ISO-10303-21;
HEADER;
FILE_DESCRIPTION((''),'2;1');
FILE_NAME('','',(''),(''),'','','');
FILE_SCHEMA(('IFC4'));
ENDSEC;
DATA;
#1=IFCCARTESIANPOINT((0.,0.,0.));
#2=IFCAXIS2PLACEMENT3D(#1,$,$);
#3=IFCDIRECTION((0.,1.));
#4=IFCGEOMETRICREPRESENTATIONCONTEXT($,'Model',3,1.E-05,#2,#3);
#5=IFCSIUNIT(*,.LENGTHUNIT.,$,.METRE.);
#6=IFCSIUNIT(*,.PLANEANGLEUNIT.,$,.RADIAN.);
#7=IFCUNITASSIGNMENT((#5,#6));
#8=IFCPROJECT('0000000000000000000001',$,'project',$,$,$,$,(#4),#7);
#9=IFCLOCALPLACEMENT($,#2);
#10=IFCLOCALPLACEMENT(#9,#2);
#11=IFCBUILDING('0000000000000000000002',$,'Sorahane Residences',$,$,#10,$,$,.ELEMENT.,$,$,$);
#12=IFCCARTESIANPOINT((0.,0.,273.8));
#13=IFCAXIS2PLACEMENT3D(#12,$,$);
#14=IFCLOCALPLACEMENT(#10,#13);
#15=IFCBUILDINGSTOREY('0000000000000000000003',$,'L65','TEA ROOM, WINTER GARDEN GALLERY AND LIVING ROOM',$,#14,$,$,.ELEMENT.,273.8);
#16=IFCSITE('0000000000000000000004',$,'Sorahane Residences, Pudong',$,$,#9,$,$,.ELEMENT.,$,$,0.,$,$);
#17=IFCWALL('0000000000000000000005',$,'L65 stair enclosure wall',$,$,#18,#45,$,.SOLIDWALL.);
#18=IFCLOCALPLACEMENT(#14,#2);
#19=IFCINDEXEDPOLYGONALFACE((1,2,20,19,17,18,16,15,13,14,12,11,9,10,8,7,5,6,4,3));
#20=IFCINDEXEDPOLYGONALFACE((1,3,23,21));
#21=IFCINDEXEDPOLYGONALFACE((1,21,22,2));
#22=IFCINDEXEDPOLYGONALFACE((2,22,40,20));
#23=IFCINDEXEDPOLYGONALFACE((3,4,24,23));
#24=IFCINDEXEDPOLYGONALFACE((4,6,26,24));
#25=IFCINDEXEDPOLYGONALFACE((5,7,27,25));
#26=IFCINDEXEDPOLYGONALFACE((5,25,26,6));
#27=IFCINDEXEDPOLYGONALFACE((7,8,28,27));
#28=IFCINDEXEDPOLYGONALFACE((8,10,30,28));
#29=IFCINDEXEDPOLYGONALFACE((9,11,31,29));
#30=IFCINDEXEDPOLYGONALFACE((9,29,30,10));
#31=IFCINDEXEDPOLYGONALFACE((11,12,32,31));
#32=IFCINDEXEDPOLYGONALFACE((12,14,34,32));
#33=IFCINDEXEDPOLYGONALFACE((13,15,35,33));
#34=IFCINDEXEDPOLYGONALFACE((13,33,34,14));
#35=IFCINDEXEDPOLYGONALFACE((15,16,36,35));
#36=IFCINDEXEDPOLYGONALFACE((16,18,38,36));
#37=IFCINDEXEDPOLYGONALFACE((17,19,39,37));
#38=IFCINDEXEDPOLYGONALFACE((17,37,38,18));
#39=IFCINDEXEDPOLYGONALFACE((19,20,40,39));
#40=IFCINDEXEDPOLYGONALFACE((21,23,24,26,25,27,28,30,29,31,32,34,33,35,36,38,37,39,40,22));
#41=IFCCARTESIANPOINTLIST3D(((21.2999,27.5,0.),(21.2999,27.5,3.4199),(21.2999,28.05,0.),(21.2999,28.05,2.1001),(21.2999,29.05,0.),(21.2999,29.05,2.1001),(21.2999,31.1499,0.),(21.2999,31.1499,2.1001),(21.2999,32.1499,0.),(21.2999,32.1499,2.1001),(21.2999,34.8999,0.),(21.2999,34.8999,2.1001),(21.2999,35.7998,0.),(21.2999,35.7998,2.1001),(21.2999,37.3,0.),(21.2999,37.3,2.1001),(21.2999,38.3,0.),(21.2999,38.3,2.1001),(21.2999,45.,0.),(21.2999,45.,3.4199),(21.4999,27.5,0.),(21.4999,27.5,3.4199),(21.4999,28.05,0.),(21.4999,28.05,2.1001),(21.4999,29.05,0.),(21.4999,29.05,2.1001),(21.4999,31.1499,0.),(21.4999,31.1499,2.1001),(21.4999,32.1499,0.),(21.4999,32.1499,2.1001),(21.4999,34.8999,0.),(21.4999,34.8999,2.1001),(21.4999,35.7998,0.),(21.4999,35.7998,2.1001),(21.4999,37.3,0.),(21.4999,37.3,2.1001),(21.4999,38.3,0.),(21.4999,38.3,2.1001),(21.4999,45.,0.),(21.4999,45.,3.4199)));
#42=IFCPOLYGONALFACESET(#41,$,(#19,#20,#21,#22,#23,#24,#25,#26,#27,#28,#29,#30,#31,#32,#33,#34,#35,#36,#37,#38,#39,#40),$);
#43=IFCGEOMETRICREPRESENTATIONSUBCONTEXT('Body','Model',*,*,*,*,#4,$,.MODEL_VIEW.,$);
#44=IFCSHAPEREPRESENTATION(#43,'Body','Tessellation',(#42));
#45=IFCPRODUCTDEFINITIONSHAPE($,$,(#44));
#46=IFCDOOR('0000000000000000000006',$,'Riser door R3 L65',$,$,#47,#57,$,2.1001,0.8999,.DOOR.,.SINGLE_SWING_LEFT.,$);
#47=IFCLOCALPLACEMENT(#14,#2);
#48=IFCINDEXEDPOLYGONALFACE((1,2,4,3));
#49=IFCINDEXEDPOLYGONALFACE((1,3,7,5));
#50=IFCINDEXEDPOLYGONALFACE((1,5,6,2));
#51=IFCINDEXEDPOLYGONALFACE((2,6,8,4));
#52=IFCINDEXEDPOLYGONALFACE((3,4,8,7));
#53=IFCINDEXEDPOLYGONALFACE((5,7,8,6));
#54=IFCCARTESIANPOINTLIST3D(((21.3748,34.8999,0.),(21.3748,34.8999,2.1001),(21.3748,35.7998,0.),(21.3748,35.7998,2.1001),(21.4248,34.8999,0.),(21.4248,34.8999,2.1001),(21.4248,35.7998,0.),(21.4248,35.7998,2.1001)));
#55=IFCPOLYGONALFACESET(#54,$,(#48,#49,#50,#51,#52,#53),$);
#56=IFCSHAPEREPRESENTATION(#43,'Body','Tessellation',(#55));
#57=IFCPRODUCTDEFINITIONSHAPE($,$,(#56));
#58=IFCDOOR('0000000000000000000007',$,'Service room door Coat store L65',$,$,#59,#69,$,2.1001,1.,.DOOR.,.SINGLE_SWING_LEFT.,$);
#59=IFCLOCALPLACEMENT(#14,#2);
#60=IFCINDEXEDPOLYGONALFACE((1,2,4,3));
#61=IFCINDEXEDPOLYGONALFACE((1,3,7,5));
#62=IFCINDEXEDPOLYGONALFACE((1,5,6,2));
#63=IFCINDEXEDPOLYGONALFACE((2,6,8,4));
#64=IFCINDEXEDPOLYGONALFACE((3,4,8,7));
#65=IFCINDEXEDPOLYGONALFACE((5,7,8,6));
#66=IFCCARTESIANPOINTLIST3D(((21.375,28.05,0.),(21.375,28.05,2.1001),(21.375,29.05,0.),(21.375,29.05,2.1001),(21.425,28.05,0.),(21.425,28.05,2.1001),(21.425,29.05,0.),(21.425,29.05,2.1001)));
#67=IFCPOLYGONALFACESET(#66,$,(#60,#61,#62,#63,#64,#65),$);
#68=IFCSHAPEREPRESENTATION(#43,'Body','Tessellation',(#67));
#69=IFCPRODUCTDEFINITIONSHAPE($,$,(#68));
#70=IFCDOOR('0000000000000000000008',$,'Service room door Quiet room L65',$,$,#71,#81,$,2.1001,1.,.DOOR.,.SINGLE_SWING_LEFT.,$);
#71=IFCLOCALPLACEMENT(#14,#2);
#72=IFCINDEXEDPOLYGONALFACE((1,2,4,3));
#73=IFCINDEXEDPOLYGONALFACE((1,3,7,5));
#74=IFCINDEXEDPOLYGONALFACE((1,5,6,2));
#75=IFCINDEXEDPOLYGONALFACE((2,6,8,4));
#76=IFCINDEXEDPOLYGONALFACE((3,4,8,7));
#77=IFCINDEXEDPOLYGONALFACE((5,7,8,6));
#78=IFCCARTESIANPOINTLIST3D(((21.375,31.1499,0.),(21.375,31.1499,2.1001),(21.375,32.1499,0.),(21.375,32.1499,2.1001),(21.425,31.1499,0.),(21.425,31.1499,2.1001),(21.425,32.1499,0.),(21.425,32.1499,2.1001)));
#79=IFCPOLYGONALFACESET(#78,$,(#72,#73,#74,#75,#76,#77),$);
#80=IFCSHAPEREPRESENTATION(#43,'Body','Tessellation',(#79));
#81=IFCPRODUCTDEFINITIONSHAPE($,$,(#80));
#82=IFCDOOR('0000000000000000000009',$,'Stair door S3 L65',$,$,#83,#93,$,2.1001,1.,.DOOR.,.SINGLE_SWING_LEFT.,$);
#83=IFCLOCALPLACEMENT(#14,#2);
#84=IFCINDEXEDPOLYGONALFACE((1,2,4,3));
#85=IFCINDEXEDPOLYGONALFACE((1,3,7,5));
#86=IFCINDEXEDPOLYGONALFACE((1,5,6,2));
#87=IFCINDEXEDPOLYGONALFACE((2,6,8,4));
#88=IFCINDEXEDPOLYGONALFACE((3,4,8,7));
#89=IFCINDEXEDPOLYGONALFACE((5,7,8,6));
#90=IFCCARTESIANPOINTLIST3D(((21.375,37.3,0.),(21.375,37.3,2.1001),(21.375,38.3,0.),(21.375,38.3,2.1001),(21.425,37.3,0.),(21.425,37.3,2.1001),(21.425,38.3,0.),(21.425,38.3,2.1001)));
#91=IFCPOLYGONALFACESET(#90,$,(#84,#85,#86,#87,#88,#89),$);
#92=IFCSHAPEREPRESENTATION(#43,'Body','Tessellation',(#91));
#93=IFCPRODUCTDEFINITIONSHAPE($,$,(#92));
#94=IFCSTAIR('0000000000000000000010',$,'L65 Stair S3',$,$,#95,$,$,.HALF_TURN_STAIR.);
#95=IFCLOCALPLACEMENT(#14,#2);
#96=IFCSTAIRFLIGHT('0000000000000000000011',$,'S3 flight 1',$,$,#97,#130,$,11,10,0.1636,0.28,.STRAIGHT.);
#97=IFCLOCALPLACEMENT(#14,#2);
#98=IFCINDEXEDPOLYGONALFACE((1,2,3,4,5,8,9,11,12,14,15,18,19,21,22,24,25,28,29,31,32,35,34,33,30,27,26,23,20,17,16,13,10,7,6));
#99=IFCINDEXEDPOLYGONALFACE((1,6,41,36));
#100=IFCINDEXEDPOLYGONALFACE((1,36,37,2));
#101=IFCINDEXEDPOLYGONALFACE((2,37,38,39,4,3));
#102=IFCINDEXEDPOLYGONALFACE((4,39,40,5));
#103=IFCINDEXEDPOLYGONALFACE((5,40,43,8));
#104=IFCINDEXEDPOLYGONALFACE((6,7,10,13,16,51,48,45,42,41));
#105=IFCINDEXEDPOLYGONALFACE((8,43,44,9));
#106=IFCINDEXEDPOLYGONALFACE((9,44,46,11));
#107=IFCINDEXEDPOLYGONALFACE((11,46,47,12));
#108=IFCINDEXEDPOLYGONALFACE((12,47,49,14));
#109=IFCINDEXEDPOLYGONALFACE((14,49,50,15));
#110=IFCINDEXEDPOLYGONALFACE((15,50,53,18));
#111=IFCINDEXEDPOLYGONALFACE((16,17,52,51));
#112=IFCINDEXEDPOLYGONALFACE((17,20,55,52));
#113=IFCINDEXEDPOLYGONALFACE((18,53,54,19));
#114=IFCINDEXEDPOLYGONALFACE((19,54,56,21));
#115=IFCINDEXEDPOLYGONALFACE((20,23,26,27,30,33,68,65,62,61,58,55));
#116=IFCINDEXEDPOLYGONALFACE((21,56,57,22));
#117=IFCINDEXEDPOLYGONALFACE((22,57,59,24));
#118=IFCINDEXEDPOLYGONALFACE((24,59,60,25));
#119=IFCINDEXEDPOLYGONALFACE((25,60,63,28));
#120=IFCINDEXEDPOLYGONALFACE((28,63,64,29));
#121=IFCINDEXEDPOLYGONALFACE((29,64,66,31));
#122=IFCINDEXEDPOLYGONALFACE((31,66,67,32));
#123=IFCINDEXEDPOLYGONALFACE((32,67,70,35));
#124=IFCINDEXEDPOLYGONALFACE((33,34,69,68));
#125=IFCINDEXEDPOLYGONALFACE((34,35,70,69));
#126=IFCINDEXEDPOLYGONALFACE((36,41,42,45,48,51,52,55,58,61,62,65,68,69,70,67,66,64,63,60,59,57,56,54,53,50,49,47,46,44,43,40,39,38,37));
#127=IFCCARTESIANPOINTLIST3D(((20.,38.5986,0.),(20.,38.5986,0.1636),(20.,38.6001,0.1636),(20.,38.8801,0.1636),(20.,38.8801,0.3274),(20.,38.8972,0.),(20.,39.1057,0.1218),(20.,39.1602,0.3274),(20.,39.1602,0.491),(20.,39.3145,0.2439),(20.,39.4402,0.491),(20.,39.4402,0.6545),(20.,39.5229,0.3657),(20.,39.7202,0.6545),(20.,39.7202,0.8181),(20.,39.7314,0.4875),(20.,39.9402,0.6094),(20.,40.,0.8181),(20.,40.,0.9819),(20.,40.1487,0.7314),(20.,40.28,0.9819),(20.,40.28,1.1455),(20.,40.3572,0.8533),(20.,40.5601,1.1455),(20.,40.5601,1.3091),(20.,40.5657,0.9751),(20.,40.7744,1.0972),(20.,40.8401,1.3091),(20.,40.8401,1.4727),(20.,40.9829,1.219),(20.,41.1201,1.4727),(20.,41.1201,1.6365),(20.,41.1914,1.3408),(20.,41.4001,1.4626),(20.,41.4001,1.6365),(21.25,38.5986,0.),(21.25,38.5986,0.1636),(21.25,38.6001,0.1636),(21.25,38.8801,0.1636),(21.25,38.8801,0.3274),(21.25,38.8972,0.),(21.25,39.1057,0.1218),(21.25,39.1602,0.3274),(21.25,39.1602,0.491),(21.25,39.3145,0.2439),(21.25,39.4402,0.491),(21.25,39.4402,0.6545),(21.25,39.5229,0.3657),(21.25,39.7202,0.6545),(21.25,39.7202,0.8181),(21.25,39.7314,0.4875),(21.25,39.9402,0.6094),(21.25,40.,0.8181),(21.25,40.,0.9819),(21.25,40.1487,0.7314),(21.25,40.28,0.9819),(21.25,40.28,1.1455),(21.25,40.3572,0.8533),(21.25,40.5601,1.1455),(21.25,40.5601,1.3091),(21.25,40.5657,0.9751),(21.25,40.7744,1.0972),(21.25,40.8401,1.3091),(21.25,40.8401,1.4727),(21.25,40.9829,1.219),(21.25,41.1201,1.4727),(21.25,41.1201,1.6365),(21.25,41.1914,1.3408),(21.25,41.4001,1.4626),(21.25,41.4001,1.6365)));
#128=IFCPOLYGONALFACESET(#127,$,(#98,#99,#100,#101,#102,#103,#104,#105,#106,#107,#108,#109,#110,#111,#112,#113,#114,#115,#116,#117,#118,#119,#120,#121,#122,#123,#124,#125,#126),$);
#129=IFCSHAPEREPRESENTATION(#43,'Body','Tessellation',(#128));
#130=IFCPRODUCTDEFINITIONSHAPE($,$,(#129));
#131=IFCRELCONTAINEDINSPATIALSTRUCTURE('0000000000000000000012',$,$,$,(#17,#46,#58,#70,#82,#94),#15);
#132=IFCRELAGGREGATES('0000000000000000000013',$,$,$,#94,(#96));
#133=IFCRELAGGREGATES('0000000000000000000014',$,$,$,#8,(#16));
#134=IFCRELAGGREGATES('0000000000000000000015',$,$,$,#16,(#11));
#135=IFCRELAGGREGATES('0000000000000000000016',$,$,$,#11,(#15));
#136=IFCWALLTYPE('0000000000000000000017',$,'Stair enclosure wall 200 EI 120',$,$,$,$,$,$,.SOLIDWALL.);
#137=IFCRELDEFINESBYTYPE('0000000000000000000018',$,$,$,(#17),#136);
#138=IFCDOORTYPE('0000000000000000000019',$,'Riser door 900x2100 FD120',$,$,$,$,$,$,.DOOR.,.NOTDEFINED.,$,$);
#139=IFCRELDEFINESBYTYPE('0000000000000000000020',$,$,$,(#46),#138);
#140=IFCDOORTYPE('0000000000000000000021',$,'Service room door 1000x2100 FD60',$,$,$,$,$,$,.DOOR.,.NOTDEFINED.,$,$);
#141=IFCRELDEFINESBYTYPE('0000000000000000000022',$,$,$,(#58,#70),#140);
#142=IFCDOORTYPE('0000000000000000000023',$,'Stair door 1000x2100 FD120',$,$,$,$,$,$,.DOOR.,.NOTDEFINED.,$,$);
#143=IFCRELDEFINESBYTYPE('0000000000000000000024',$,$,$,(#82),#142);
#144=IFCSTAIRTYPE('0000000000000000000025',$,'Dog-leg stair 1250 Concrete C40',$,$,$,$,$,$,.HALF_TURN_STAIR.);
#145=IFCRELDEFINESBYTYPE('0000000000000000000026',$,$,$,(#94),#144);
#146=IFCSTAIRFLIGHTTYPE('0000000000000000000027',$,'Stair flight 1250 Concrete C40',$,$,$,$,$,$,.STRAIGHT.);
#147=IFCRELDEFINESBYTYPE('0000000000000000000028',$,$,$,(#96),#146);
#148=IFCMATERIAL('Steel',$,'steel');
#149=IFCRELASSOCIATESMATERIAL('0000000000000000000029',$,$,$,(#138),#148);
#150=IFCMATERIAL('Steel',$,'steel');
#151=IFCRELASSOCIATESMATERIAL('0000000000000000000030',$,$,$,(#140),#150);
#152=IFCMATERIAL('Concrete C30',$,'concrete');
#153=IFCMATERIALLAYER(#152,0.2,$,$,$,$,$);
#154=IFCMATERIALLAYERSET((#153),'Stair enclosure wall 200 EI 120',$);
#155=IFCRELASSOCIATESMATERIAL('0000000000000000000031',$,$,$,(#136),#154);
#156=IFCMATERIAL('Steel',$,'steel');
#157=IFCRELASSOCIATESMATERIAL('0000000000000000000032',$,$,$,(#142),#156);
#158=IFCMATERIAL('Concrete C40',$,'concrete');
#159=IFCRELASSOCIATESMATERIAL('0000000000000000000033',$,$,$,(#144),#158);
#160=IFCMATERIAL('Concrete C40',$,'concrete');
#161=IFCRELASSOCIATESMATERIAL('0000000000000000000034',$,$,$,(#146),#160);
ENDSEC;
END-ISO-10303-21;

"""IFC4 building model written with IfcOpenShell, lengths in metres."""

from ifc_helpers import new_model, si_unit, direction, frame, frame_2d, origin, place, context, subcontext, project, spatial, polyline, rectangle, outline, extrude, material, layer, layer_set, type_object, element, fill, aggregate, save


model = new_model("IFC4")

# Units and contexts
model_context = context("Model", 3, precision=1e-05, world=origin(), true_north=direction((0.0, 1.0)))
body_context = subcontext(model_context, "Body", "Model", "MODEL_VIEW")
ifc_project = project(units=[si_unit("LENGTHUNIT", "METRE"), si_unit("PLANEANGLEUNIT", "RADIAN")], contexts=[model_context])

# Site, building, storey
site_placement = place(None, origin())
site = spatial("IfcSite", under=ifc_project, at=site_placement, Name="Sorahane Residences, Pudong", CompositionType="ELEMENT", RefElevation=0.0)
building_placement = place(site_placement, origin())
building = spatial("IfcBuilding", under=site, at=building_placement, Name="Sorahane Residences", CompositionType="ELEMENT")
storey_placement = place(building_placement, frame((0.0, 0.0, 273.8)))
storey = spatial("IfcBuildingStorey", under=building, at=storey_placement, Name="L65", Description="TEA ROOM, WINTER GARDEN GALLERY AND LIVING ROOM", CompositionType="ELEMENT", Elevation=273.8)

# Shared definitions
ifc_material_1 = material(Name="Steel", Category="steel")
door_type_1 = type_object("IfcDoorType", Name="Riser door 900x2100 FD120", OperationType="NOTDEFINED", PredefinedType="DOOR", material=ifc_material_1)
ifc_material_2 = material(Name="Steel", Category="steel")
door_type_2 = type_object("IfcDoorType", Name="Service room door 1000x2100 FD60", OperationType="NOTDEFINED", PredefinedType="DOOR", material=ifc_material_2)

# Wall, openings, doors
ifc_material_3 = material(Name="Concrete C30", Category="concrete")
ifc_layer_1 = layer(ifc_material_3, 0.2)
ifc_layer_set_1 = layer_set([ifc_layer_1], Name="Stair enclosure wall 200 EI 120")
wall_type_1 = type_object("IfcWallType", Name="Stair enclosure wall 200 EI 120", PredefinedType="SOLIDWALL", material=ifc_layer_set_1)
wall_1_placement = place(storey_placement, frame((21.3999, 27.5, 0.0), z_axis=(0.0, 0.0, 1.0), x_axis=(0.0, 1.0, 0.0)))
wall_1 = element("IfcWall", 1, at=wall_1_placement, inside=storey, type_object=wall_type_1, Name="L65 stair enclosure wall", PredefinedType="SOLIDWALL", context=body_context, shape_type="SweptSolid", body=[
    extrude(rectangle(XDim=17.5, YDim=0.2, at=frame_2d((8.75, 0.0))), origin(), (0.0, 0.0, 1.0), 3.4199),
])
opening_1_placement = place(wall_1_placement, frame((0.55, 0.0, 0.0)))
opening_1 = element("IfcOpeningElement", 2, at=opening_1_placement, cuts=wall_1, PredefinedType="OPENING", context=body_context, shape_type="SweptSolid", body=[
    extrude(rectangle(XDim=1.0, YDim=2.1001, at=frame_2d((0.5, 1.05))), frame((0.0, 0.1099, 0.0), z_axis=(0.0, -1.0, 0.0), x_axis=(1.0, 0.0, 0.0)), (0.0, 0.0, 1.0), 0.22),
])
opening_2_placement = place(wall_1_placement, frame((3.6499, 0.0, 0.0)))
opening_2 = element("IfcOpeningElement", 3, at=opening_2_placement, cuts=wall_1, PredefinedType="OPENING", context=body_context, shape_type="SweptSolid", body=[
    extrude(rectangle(XDim=1.0, YDim=2.1001, at=frame_2d((0.5, 1.05))), frame((0.0, 0.1099, 0.0), z_axis=(0.0, -1.0, 0.0), x_axis=(1.0, 0.0, 0.0)), (0.0, 0.0, 1.0), 0.22),
])
opening_3_placement = place(wall_1_placement, frame((9.8, 0.0, 0.0)))
opening_3 = element("IfcOpeningElement", 4, at=opening_3_placement, cuts=wall_1, PredefinedType="OPENING", context=body_context, shape_type="SweptSolid", body=[
    extrude(rectangle(XDim=1.0, YDim=2.1001, at=frame_2d((0.5, 1.05))), frame((0.0, 0.1099, 0.0), z_axis=(0.0, -1.0, 0.0), x_axis=(1.0, 0.0, 0.0)), (0.0, 0.0, 1.0), 0.22),
])
opening_4_placement = place(wall_1_placement, frame((7.3999, 0.0, 0.0)))
opening_4 = element("IfcOpeningElement", 5, at=opening_4_placement, cuts=wall_1, PredefinedType="OPENING", context=body_context, shape_type="SweptSolid", body=[
    extrude(rectangle(XDim=0.8999, YDim=2.1001, at=frame_2d((0.45, 1.05))), frame((0.0, 0.1099, 0.0), z_axis=(0.0, -1.0, 0.0), x_axis=(1.0, 0.0, 0.0)), (0.0, 0.0, 1.0), 0.22),
])
door_1_placement = place(opening_4_placement, frame((0.8999, 0.0, 0.0), z_axis=(0.0, 0.0, 1.0), x_axis=(-1.0, 0.0, 0.0)))
door_1 = element("IfcDoor", 6, at=door_1_placement, inside=storey, type_object=door_type_1, Name="Riser door R3 L65", OperationType="SINGLE_SWING_LEFT", OverallHeight=2.1001, OverallWidth=0.8999, PredefinedType="DOOR", context=body_context, shape_type="SweptSolid", body=[
    extrude(rectangle(XDim=0.8999, YDim=2.1001, at=frame_2d((0.45, 1.05))), frame((0.0, 0.0249, 0.0), z_axis=(0.0, -1.0, 0.0), x_axis=(1.0, 0.0, 0.0)), (0.0, 0.0, 1.0), 0.05),
])
fill(opening_4, door_1)
door_2_placement = place(opening_1_placement, origin())
door_2 = element("IfcDoor", 7, at=door_2_placement, inside=storey, type_object=door_type_2, Name="Service room door Coat store L65", OperationType="SINGLE_SWING_LEFT", OverallHeight=2.1001, OverallWidth=1.0, PredefinedType="DOOR", context=body_context, shape_type="SweptSolid", body=[
    extrude(rectangle(XDim=1.0, YDim=2.1001, at=frame_2d((0.5, 1.05))), frame((0.0, 0.0249, 0.0), z_axis=(0.0, -1.0, 0.0), x_axis=(1.0, 0.0, 0.0)), (0.0, 0.0, 1.0), 0.05),
])
fill(opening_1, door_2)
door_3_placement = place(opening_2_placement, origin())
door_3 = element("IfcDoor", 8, at=door_3_placement, inside=storey, type_object=door_type_2, Name="Service room door Quiet room L65", OperationType="SINGLE_SWING_LEFT", OverallHeight=2.1001, OverallWidth=1.0, PredefinedType="DOOR", context=body_context, shape_type="SweptSolid", body=[
    extrude(rectangle(XDim=1.0, YDim=2.1001, at=frame_2d((0.5, 1.05))), frame((0.0, 0.0249, 0.0), z_axis=(0.0, -1.0, 0.0), x_axis=(1.0, 0.0, 0.0)), (0.0, 0.0, 1.0), 0.05),
])
fill(opening_2, door_3)
ifc_material_4 = material(Name="Steel", Category="steel")
door_type_3 = type_object("IfcDoorType", Name="Stair door 1000x2100 FD120", OperationType="NOTDEFINED", PredefinedType="DOOR", material=ifc_material_4)
door_4_placement = place(opening_3_placement, origin())
door_4 = element("IfcDoor", 9, at=door_4_placement, inside=storey, type_object=door_type_3, Name="Stair door S3 L65", OperationType="SINGLE_SWING_LEFT", OverallHeight=2.1001, OverallWidth=1.0, PredefinedType="DOOR", context=body_context, shape_type="SweptSolid", body=[
    extrude(rectangle(XDim=1.0, YDim=2.1001, at=frame_2d((0.5, 1.05))), frame((0.0, 0.0249, 0.0), z_axis=(0.0, -1.0, 0.0), x_axis=(1.0, 0.0, 0.0)), (0.0, 0.0, 1.0), 0.05),
])
fill(opening_3, door_4)

# Stair, stair flight
ifc_material_5 = material(Name="Concrete C40", Category="concrete")
stair_type = type_object("IfcStairType", Name="Dog-leg stair 1250 Concrete C40", PredefinedType="HALF_TURN_STAIR", material=ifc_material_5)
stair_placement = place(storey_placement, origin())
stair = element("IfcStair", 10, at=stair_placement, inside=storey, type_object=stair_type, Name="L65 Stair S3", PredefinedType="HALF_TURN_STAIR")
ifc_material_6 = material(Name="Concrete C40", Category="concrete")
stair_flight_type = type_object("IfcStairFlightType", Name="Stair flight 1250 Concrete C40", PredefinedType="STRAIGHT", material=ifc_material_6)
stair_flight_1_placement = place(storey_placement, frame((20.625, 38.6001, 0.0), z_axis=(0.0, 0.0, 1.0), x_axis=(0.0, 1.0, 0.0)))
stair_flight_1 = element("IfcStairFlight", 11, at=stair_flight_1_placement, type_object=stair_flight_type, Name="S3 flight 1", NumberOfRisers=11, NumberOfTreads=10, PredefinedType="STRAIGHT", RiserHeight=0.1636, TreadLength=0.28, context=body_context, shape_type="SweptSolid", body=[
    extrude(outline(polyline([(-0.0015, 0.0), (-0.0015, 0.1636), (0.0, 0.1636), (0.28, 0.1636), (0.28, 0.3274), (0.5601, 0.3274), (0.5601, 0.491), (0.8401, 0.491), (0.8401, 0.6545), (1.1201, 0.6545), (1.1201, 0.8181), (1.3999, 0.8181), (1.3999, 0.9819), (1.6799, 0.9819), (1.6799, 1.1455), (1.96, 1.1455), (1.96, 1.3091), (2.24, 1.3091), (2.24, 1.4727), (2.52, 1.4727), (2.52, 1.6365), (2.8, 1.6365), (2.8, 1.8), (2.8, 1.4626), (2.5913, 1.3408), (2.3828, 1.219), (2.1743, 1.0972), (1.9656, 0.9751), (1.7571, 0.8533), (1.5486, 0.7314), (1.3401, 0.6094), (1.1313, 0.4875), (0.9229, 0.3657), (0.7144, 0.2439), (0.5056, 0.1218), (0.2971, 0.0), (-0.0015, 0.0)])), frame((0.0, 0.625, 0.0), z_axis=(0.0, -1.0, 0.0), x_axis=(1.0, 0.0, 0.0)), (0.0, 0.0, 1.0), 1.25),
])
aggregate(stair, [stair_flight_1])

save(model, "model.ifc")
